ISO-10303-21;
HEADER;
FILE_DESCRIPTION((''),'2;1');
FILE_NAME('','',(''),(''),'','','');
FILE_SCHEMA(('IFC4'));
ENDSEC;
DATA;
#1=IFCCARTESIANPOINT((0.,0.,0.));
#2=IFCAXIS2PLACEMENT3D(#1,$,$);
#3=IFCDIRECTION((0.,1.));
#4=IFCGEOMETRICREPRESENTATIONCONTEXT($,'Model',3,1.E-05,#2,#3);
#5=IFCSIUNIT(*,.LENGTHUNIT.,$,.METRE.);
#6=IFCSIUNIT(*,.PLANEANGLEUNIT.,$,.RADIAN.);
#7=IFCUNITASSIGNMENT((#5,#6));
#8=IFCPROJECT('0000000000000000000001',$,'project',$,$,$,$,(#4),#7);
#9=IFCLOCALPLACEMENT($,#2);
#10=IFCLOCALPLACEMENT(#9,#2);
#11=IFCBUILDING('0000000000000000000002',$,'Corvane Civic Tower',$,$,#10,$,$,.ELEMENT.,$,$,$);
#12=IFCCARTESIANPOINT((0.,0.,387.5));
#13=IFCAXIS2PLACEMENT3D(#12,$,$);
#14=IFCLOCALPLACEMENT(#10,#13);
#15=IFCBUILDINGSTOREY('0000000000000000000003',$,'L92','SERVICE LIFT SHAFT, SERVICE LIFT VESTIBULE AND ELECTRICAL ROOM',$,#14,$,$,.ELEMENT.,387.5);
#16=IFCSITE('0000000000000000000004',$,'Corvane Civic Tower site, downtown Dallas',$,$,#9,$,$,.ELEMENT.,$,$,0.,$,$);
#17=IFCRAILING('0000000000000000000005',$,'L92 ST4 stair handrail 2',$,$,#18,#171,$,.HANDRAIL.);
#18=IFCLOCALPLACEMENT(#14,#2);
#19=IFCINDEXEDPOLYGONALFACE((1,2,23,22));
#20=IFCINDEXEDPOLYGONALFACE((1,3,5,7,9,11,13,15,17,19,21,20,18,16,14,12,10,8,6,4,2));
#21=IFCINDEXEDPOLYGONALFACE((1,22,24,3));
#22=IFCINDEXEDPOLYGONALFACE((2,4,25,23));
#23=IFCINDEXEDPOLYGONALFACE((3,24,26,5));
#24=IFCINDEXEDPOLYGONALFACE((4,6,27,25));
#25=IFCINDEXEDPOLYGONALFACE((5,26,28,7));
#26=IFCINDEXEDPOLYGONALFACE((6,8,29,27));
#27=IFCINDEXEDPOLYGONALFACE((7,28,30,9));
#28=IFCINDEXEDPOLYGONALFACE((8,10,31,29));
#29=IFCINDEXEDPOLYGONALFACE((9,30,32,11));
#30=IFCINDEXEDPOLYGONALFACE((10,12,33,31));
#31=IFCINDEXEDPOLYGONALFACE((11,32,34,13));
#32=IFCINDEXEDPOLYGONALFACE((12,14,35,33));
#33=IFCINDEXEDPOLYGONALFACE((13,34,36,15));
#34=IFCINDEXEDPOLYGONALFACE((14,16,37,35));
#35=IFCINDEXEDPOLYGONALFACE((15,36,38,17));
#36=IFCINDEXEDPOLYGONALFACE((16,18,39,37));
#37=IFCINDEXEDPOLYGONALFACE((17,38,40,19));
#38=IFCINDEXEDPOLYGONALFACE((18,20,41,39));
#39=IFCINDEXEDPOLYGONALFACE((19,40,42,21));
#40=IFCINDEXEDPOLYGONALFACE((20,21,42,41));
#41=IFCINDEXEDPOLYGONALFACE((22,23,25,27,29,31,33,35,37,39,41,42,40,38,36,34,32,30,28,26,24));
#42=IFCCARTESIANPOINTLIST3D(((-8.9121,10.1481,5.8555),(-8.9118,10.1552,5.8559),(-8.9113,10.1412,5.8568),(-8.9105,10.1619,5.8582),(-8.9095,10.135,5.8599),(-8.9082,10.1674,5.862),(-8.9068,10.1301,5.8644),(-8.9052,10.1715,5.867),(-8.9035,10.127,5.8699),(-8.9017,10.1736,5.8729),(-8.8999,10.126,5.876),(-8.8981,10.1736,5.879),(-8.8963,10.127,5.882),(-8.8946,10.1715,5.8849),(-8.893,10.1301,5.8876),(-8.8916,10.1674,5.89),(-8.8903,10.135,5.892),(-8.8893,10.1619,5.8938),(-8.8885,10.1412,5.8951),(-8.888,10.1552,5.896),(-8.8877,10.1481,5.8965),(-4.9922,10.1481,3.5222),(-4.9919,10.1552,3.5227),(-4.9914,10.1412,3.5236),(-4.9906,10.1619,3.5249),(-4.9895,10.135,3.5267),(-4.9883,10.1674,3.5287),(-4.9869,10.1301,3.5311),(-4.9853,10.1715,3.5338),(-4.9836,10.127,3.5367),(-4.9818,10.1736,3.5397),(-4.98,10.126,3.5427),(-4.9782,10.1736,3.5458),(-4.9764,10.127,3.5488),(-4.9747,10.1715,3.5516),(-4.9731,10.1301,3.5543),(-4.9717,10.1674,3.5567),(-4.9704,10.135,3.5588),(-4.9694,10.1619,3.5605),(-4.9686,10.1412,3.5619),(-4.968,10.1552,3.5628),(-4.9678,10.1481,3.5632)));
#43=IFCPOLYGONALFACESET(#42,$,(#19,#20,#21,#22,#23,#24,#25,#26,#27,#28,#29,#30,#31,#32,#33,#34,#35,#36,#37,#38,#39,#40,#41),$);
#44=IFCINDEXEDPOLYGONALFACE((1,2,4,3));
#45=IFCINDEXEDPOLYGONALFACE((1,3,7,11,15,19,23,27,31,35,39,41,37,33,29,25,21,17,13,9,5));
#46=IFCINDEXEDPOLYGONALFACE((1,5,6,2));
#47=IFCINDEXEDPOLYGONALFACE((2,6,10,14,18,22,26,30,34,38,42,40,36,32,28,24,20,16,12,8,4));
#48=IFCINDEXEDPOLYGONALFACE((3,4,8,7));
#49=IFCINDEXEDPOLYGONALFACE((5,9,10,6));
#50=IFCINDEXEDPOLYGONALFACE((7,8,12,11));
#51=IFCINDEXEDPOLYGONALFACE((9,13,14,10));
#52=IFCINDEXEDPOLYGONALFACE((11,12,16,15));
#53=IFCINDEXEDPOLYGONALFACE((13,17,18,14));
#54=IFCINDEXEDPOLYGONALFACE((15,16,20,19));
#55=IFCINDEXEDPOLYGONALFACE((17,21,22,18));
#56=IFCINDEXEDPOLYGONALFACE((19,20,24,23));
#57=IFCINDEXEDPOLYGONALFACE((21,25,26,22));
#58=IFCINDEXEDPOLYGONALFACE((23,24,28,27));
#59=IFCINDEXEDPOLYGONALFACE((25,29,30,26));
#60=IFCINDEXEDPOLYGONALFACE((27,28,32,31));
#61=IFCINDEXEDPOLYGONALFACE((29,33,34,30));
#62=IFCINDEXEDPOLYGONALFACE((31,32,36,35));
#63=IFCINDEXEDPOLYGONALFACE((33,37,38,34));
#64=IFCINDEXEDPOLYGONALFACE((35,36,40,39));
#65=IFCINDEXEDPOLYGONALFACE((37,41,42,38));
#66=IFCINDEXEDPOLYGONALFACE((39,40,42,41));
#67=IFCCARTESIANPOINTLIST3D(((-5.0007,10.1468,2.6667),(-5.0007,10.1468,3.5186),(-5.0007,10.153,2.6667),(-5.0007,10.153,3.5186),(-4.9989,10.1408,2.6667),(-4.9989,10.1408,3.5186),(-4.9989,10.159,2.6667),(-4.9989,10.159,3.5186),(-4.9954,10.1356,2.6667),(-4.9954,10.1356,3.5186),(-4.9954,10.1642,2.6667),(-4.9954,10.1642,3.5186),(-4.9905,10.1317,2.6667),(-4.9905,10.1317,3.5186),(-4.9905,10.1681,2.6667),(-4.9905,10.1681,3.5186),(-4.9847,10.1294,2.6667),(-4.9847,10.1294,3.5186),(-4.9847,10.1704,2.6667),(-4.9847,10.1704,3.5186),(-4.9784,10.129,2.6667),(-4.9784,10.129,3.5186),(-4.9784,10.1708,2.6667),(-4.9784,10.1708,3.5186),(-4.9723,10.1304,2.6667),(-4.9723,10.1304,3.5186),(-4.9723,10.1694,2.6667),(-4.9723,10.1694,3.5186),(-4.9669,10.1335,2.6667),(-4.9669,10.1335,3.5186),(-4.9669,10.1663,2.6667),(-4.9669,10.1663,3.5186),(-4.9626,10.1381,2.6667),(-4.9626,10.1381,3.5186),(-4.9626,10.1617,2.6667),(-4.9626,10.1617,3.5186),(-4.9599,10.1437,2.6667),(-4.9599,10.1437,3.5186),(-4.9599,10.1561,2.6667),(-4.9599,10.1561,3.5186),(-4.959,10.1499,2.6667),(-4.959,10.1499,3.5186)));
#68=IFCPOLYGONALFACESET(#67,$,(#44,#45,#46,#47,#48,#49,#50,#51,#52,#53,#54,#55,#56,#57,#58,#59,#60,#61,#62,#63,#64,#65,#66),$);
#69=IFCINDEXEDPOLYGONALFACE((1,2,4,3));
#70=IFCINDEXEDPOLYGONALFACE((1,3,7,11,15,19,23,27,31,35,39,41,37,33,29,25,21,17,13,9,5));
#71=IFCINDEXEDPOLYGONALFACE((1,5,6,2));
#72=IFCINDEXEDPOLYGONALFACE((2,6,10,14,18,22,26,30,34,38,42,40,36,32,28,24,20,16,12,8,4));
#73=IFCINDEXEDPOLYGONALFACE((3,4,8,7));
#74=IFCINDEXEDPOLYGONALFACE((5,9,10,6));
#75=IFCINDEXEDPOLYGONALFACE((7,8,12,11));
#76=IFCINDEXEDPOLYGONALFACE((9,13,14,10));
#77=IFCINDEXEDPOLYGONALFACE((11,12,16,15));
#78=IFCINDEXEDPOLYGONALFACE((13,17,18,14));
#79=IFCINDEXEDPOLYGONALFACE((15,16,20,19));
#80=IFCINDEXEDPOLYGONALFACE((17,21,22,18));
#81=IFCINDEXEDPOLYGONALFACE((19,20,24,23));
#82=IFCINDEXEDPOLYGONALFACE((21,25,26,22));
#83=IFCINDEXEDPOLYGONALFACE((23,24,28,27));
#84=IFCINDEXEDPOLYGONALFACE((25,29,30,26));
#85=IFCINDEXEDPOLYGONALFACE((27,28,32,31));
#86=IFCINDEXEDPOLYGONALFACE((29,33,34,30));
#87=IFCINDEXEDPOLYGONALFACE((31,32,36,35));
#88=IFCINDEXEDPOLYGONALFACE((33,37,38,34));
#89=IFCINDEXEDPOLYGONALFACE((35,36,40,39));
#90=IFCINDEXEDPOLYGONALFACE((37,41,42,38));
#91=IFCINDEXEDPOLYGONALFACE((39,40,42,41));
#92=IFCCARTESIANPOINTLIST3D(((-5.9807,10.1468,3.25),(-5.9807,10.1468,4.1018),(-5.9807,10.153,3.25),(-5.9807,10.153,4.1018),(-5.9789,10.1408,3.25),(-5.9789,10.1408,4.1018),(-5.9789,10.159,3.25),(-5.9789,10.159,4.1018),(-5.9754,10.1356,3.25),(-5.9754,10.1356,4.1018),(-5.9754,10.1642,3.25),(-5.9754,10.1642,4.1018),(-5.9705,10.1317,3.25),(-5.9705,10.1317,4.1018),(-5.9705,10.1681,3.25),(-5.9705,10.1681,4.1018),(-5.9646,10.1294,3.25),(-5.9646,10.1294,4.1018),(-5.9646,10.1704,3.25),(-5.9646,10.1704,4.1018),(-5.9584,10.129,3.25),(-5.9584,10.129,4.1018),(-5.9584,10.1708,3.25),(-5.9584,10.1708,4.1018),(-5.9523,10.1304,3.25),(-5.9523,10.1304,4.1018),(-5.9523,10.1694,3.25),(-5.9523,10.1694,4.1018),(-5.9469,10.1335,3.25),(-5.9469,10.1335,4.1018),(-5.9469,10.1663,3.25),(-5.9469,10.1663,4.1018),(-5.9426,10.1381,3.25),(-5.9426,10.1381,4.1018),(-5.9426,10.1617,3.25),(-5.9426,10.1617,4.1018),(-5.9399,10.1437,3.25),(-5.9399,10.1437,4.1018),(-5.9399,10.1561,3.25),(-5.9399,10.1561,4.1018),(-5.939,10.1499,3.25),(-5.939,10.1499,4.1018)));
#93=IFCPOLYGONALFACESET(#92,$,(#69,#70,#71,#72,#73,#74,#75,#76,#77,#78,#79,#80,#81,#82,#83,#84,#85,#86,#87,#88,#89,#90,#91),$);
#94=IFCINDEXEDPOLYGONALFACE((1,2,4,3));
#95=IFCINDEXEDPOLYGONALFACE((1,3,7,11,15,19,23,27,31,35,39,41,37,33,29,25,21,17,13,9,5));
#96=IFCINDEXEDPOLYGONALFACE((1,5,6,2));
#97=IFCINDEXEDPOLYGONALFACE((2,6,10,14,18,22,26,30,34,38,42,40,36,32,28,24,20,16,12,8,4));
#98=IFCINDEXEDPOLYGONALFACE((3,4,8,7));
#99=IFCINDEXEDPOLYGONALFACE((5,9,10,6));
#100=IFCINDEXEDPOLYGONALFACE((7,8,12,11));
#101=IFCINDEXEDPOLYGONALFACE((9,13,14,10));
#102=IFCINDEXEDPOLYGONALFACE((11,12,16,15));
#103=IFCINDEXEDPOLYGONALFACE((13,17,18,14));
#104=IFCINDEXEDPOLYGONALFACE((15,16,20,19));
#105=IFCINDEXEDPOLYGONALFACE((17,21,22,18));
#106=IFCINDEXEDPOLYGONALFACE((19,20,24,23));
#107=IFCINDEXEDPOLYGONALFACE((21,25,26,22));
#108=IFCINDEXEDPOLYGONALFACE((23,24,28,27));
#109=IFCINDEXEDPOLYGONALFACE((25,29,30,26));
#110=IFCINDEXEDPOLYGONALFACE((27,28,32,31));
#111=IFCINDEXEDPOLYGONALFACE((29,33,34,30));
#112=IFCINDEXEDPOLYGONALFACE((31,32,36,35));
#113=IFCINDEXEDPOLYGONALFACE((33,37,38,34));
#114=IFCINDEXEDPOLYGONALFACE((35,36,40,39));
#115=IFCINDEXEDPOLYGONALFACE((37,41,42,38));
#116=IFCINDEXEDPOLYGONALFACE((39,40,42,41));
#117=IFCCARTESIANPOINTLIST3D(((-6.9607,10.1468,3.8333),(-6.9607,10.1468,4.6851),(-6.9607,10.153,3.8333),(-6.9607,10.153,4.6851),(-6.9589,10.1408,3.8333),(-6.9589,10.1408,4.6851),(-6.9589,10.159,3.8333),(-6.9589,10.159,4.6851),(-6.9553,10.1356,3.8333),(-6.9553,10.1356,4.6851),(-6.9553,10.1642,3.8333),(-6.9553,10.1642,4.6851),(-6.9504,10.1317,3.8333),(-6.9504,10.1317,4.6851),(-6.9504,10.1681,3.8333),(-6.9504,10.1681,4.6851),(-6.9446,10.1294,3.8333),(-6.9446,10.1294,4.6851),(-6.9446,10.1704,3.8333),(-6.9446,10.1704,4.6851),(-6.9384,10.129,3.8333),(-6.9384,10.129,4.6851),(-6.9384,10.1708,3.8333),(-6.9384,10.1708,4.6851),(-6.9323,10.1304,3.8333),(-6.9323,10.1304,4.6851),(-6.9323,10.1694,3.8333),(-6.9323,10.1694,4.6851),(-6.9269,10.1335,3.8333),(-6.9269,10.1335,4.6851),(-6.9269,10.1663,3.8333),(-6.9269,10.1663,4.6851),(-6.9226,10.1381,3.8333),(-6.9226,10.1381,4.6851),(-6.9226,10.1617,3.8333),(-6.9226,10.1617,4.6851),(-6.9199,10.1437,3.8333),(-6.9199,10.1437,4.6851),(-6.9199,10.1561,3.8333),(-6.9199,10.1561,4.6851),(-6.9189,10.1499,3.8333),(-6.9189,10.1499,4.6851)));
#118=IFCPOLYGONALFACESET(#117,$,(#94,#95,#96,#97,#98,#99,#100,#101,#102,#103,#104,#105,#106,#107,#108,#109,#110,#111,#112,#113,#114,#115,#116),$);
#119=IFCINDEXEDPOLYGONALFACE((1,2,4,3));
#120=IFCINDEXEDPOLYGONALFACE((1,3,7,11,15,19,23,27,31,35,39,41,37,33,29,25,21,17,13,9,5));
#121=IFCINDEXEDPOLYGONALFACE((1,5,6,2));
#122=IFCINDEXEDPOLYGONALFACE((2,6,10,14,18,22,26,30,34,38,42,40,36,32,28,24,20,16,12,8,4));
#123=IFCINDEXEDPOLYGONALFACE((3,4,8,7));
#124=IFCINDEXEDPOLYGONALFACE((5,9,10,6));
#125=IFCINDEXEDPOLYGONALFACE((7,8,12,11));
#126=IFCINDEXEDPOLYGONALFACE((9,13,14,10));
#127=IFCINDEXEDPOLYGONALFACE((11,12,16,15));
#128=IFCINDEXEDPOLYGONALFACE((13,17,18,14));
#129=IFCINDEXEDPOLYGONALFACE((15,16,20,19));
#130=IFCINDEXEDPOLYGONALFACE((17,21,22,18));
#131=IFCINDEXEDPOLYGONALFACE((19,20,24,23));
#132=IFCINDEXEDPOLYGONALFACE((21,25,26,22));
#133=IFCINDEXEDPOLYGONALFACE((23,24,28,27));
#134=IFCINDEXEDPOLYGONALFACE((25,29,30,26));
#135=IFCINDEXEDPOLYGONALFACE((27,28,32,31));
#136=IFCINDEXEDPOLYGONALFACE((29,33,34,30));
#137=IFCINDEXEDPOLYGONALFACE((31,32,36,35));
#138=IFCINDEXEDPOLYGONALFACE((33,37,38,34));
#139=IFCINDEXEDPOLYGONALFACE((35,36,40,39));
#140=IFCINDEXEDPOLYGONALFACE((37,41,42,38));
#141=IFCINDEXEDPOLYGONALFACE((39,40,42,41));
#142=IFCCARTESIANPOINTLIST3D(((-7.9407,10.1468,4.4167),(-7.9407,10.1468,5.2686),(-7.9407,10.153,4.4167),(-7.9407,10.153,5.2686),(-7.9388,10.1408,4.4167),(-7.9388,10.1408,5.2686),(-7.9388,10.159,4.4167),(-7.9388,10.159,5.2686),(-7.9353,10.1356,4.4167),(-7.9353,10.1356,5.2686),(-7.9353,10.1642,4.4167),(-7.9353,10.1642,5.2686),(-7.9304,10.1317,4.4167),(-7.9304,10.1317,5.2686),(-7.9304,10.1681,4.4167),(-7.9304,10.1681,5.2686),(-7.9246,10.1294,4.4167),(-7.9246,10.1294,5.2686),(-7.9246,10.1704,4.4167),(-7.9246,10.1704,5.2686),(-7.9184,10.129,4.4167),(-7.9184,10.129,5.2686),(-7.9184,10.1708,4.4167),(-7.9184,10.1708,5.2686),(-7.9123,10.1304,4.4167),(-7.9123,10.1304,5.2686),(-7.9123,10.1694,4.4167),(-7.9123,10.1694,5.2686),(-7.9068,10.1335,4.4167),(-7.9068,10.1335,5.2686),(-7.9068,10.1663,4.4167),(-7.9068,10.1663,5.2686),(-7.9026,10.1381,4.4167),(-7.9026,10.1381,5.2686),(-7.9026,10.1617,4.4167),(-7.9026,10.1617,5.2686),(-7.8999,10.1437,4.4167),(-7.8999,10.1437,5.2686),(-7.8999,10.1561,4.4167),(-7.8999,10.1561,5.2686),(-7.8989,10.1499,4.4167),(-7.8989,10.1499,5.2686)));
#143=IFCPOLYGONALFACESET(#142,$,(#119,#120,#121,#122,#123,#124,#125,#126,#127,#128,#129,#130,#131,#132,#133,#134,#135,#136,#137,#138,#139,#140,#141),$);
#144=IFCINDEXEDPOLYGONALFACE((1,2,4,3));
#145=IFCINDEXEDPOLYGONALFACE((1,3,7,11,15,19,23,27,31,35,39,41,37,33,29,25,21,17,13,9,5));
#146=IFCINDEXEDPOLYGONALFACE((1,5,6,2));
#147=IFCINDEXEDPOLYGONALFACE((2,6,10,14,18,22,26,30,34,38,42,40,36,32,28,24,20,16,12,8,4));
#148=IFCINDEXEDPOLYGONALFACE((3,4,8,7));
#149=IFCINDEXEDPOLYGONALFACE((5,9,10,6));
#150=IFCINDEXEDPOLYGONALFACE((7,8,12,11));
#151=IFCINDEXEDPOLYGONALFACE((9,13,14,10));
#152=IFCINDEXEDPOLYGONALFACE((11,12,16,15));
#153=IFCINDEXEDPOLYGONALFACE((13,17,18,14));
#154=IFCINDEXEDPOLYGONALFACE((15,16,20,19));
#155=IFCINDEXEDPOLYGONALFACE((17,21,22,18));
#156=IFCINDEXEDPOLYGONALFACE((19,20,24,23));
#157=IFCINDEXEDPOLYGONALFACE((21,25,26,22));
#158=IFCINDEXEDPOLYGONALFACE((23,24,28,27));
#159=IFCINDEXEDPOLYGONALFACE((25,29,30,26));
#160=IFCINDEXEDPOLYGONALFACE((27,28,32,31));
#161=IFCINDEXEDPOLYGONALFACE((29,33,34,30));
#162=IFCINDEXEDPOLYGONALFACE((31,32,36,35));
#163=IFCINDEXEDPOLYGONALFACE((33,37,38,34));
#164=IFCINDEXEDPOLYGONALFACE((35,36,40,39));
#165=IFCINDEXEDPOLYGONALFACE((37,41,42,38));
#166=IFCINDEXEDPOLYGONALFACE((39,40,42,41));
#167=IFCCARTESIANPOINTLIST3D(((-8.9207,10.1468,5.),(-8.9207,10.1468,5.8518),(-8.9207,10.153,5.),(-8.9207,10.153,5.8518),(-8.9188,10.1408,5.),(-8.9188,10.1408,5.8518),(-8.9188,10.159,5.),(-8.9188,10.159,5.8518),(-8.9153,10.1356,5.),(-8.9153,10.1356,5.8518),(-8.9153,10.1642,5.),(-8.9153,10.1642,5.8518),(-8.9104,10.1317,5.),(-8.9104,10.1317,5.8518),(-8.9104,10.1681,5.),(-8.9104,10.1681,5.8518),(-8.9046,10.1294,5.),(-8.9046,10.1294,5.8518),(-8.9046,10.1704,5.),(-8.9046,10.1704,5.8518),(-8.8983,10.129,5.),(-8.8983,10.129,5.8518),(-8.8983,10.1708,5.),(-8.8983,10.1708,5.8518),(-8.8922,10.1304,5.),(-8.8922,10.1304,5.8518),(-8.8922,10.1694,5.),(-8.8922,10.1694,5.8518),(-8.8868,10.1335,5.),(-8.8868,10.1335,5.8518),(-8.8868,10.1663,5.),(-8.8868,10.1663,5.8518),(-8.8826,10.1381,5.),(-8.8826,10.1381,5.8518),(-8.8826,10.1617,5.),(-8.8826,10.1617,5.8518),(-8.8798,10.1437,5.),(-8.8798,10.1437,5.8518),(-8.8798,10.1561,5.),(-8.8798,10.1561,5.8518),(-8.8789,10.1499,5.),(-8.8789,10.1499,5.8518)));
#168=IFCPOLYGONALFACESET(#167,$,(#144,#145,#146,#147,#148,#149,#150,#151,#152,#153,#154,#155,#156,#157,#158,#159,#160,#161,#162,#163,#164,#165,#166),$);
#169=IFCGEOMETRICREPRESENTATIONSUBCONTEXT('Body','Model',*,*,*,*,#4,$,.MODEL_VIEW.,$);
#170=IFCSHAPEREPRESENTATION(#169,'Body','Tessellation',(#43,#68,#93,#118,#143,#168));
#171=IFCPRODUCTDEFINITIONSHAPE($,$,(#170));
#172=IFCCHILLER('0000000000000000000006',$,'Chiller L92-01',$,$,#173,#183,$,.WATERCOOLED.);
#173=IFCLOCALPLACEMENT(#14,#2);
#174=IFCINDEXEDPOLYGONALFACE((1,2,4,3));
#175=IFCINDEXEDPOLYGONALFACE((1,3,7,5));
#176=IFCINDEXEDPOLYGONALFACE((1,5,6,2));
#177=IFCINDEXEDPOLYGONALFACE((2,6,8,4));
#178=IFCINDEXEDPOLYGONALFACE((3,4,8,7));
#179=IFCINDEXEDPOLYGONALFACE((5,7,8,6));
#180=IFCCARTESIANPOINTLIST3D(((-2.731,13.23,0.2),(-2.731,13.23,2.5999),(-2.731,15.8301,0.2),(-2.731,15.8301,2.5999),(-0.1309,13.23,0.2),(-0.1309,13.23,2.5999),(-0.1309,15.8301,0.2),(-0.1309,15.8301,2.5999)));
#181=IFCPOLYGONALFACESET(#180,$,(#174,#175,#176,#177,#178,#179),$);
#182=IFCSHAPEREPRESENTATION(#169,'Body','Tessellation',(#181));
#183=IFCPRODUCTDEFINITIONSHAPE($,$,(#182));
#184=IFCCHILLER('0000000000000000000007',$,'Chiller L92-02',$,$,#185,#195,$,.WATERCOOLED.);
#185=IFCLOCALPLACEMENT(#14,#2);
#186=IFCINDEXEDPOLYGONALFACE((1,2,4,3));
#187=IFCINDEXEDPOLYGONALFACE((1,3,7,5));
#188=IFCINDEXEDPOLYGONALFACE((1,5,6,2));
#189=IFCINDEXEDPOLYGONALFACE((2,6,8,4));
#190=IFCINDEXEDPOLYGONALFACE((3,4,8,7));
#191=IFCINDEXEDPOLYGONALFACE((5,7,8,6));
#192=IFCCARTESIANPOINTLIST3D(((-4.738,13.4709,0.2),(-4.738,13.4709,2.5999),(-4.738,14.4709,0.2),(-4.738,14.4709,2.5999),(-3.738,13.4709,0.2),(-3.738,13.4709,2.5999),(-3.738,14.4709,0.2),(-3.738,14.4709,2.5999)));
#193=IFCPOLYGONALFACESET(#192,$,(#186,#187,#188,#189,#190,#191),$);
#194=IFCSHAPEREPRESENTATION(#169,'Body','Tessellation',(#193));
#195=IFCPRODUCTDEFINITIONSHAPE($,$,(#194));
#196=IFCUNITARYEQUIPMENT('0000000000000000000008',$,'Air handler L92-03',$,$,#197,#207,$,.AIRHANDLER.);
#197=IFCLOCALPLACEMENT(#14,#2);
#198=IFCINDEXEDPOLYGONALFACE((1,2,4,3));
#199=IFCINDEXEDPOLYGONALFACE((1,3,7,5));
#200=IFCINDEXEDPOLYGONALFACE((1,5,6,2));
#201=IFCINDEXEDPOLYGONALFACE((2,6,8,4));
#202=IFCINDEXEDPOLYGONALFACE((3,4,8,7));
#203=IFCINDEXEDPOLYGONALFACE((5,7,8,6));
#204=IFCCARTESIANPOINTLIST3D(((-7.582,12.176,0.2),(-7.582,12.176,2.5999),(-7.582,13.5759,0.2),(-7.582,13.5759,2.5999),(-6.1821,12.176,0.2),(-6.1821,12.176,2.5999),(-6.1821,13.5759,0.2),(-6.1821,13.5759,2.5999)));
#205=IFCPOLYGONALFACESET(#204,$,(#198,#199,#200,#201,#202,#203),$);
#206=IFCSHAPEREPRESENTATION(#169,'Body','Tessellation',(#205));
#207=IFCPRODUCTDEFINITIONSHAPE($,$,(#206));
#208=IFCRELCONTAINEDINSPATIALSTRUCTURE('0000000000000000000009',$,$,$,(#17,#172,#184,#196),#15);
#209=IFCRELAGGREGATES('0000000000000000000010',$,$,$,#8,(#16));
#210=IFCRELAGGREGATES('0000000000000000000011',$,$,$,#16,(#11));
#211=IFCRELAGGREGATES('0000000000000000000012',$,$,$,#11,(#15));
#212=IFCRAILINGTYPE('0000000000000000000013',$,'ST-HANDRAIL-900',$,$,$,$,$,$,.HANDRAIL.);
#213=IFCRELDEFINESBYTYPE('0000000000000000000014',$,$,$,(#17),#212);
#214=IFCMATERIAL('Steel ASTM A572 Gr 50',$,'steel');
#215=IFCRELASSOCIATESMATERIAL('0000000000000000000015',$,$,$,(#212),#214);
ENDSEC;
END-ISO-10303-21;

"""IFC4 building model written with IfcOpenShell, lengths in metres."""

from ifc_helpers import new_model, si_unit, direction, frame, origin, origin_2d, place, context, subcontext, project, spatial, rectangle, circle, extrude, material, type_object, element, save


model = new_model("IFC4")

# Units and contexts
model_context = context("Model", 3, precision=1e-05, world=origin(), true_north=direction((0.0, 1.0)))
body_context = subcontext(model_context, "Body", "Model", "MODEL_VIEW")
ifc_project = project(units=[si_unit("LENGTHUNIT", "METRE"), si_unit("PLANEANGLEUNIT", "RADIAN")], contexts=[model_context])

# Site, building, storey
site_placement = place(None, origin())
site = spatial("IfcSite", under=ifc_project, at=site_placement, Name="Corvane Civic Tower site, downtown Dallas", CompositionType="ELEMENT", RefElevation=0.0)
building_placement = place(site_placement, origin())
building = spatial("IfcBuilding", under=site, at=building_placement, Name="Corvane Civic Tower", CompositionType="ELEMENT")
storey_placement = place(building_placement, frame((0.0, 0.0, 387.5)))
storey = spatial("IfcBuildingStorey", under=building, at=storey_placement, Name="L92", Description="SERVICE LIFT SHAFT, SERVICE LIFT VESTIBULE AND ELECTRICAL ROOM", CompositionType="ELEMENT", Elevation=387.5)

# Railing
ifc_material_1 = material(Name="Steel ASTM A572 Gr 50", Category="steel")
railing_type_1 = type_object("IfcRailingType", Name="ST-HANDRAIL-900", PredefinedType="HANDRAIL", material=ifc_material_1)
railing_1_placement = place(storey_placement, frame((-4.98, 10.1499, 2.6667)))
element("IfcRailing", 1, at=railing_1_placement, inside=storey, type_object=railing_type_1, Name="L92 ST4 stair handrail 2", PredefinedType="HANDRAIL", context=body_context, shape_type="SweptSolid", body=[
    extrude(circle(Radius=0.0239, at=origin_2d()), frame((0.0, 0.0, 0.876), z_axis=(-0.859296, 0.0, 0.511478), x_axis=(0.0, -1.0, 0.0)), (0.0, 0.0, 1.0), 4.5618),
    extrude(circle(Radius=0.021, at=origin_2d()), origin(), (0.0, 0.0, 1.0), 0.8518),
    extrude(circle(Radius=0.021, at=origin_2d()), frame((-0.98, 0.0, 0.5833)), (0.0, 0.0, 1.0), 0.8518),
    extrude(circle(Radius=0.021, at=origin_2d()), frame((-1.96, 0.0, 1.1665)), (0.0, 0.0, 1.0), 0.8518),
    extrude(circle(Radius=0.021, at=origin_2d()), frame((-2.9399, 0.0, 1.75)), (0.0, 0.0, 1.0), 0.8518),
    extrude(circle(Radius=0.021, at=origin_2d()), frame((-3.9199, 0.0, 2.3333)), (0.0, 0.0, 1.0), 0.8518),
])

# Chillers
chiller_1_placement = place(storey_placement, frame((-1.4309, 14.53, 0.2), z_axis=(0.0, 0.0, 1.0), x_axis=(1.0, 0.0, 0.0)))
element("IfcChiller", 2, at=chiller_1_placement, inside=storey, Name="Chiller L92-01", PredefinedType="WATERCOOLED", context=body_context, shape_type="SweptSolid", body=[
    extrude(rectangle(XDim=2.6001, YDim=2.6001, at=origin_2d()), origin(), (0.0, 0.0, 1.0), 2.3999),
])
chiller_2_placement = place(storey_placement, frame((-4.238, 13.9709, 0.2), z_axis=(0.0, 0.0, 1.0), x_axis=(1.0, 0.0, 0.0)))
element("IfcChiller", 3, at=chiller_2_placement, inside=storey, Name="Chiller L92-02", PredefinedType="WATERCOOLED", context=body_context, shape_type="SweptSolid", body=[
    extrude(rectangle(XDim=1.0, YDim=1.0, at=origin_2d()), origin(), (0.0, 0.0, 1.0), 2.3999),
])

# Unitary equipment
unitary_equipment_placement = place(storey_placement, frame((-6.8821, 12.876, 0.2), z_axis=(0.0, 0.0, 1.0), x_axis=(1.0, 0.0, 0.0)))
element("IfcUnitaryEquipment", 4, at=unitary_equipment_placement, inside=storey, Name="Air handler L92-03", PredefinedType="AIRHANDLER", context=body_context, shape_type="SweptSolid", body=[
    extrude(rectangle(XDim=1.3999, YDim=1.3999, at=origin_2d()), origin(), (0.0, 0.0, 1.0), 2.3999),
])

save(model, "model.ifc")
